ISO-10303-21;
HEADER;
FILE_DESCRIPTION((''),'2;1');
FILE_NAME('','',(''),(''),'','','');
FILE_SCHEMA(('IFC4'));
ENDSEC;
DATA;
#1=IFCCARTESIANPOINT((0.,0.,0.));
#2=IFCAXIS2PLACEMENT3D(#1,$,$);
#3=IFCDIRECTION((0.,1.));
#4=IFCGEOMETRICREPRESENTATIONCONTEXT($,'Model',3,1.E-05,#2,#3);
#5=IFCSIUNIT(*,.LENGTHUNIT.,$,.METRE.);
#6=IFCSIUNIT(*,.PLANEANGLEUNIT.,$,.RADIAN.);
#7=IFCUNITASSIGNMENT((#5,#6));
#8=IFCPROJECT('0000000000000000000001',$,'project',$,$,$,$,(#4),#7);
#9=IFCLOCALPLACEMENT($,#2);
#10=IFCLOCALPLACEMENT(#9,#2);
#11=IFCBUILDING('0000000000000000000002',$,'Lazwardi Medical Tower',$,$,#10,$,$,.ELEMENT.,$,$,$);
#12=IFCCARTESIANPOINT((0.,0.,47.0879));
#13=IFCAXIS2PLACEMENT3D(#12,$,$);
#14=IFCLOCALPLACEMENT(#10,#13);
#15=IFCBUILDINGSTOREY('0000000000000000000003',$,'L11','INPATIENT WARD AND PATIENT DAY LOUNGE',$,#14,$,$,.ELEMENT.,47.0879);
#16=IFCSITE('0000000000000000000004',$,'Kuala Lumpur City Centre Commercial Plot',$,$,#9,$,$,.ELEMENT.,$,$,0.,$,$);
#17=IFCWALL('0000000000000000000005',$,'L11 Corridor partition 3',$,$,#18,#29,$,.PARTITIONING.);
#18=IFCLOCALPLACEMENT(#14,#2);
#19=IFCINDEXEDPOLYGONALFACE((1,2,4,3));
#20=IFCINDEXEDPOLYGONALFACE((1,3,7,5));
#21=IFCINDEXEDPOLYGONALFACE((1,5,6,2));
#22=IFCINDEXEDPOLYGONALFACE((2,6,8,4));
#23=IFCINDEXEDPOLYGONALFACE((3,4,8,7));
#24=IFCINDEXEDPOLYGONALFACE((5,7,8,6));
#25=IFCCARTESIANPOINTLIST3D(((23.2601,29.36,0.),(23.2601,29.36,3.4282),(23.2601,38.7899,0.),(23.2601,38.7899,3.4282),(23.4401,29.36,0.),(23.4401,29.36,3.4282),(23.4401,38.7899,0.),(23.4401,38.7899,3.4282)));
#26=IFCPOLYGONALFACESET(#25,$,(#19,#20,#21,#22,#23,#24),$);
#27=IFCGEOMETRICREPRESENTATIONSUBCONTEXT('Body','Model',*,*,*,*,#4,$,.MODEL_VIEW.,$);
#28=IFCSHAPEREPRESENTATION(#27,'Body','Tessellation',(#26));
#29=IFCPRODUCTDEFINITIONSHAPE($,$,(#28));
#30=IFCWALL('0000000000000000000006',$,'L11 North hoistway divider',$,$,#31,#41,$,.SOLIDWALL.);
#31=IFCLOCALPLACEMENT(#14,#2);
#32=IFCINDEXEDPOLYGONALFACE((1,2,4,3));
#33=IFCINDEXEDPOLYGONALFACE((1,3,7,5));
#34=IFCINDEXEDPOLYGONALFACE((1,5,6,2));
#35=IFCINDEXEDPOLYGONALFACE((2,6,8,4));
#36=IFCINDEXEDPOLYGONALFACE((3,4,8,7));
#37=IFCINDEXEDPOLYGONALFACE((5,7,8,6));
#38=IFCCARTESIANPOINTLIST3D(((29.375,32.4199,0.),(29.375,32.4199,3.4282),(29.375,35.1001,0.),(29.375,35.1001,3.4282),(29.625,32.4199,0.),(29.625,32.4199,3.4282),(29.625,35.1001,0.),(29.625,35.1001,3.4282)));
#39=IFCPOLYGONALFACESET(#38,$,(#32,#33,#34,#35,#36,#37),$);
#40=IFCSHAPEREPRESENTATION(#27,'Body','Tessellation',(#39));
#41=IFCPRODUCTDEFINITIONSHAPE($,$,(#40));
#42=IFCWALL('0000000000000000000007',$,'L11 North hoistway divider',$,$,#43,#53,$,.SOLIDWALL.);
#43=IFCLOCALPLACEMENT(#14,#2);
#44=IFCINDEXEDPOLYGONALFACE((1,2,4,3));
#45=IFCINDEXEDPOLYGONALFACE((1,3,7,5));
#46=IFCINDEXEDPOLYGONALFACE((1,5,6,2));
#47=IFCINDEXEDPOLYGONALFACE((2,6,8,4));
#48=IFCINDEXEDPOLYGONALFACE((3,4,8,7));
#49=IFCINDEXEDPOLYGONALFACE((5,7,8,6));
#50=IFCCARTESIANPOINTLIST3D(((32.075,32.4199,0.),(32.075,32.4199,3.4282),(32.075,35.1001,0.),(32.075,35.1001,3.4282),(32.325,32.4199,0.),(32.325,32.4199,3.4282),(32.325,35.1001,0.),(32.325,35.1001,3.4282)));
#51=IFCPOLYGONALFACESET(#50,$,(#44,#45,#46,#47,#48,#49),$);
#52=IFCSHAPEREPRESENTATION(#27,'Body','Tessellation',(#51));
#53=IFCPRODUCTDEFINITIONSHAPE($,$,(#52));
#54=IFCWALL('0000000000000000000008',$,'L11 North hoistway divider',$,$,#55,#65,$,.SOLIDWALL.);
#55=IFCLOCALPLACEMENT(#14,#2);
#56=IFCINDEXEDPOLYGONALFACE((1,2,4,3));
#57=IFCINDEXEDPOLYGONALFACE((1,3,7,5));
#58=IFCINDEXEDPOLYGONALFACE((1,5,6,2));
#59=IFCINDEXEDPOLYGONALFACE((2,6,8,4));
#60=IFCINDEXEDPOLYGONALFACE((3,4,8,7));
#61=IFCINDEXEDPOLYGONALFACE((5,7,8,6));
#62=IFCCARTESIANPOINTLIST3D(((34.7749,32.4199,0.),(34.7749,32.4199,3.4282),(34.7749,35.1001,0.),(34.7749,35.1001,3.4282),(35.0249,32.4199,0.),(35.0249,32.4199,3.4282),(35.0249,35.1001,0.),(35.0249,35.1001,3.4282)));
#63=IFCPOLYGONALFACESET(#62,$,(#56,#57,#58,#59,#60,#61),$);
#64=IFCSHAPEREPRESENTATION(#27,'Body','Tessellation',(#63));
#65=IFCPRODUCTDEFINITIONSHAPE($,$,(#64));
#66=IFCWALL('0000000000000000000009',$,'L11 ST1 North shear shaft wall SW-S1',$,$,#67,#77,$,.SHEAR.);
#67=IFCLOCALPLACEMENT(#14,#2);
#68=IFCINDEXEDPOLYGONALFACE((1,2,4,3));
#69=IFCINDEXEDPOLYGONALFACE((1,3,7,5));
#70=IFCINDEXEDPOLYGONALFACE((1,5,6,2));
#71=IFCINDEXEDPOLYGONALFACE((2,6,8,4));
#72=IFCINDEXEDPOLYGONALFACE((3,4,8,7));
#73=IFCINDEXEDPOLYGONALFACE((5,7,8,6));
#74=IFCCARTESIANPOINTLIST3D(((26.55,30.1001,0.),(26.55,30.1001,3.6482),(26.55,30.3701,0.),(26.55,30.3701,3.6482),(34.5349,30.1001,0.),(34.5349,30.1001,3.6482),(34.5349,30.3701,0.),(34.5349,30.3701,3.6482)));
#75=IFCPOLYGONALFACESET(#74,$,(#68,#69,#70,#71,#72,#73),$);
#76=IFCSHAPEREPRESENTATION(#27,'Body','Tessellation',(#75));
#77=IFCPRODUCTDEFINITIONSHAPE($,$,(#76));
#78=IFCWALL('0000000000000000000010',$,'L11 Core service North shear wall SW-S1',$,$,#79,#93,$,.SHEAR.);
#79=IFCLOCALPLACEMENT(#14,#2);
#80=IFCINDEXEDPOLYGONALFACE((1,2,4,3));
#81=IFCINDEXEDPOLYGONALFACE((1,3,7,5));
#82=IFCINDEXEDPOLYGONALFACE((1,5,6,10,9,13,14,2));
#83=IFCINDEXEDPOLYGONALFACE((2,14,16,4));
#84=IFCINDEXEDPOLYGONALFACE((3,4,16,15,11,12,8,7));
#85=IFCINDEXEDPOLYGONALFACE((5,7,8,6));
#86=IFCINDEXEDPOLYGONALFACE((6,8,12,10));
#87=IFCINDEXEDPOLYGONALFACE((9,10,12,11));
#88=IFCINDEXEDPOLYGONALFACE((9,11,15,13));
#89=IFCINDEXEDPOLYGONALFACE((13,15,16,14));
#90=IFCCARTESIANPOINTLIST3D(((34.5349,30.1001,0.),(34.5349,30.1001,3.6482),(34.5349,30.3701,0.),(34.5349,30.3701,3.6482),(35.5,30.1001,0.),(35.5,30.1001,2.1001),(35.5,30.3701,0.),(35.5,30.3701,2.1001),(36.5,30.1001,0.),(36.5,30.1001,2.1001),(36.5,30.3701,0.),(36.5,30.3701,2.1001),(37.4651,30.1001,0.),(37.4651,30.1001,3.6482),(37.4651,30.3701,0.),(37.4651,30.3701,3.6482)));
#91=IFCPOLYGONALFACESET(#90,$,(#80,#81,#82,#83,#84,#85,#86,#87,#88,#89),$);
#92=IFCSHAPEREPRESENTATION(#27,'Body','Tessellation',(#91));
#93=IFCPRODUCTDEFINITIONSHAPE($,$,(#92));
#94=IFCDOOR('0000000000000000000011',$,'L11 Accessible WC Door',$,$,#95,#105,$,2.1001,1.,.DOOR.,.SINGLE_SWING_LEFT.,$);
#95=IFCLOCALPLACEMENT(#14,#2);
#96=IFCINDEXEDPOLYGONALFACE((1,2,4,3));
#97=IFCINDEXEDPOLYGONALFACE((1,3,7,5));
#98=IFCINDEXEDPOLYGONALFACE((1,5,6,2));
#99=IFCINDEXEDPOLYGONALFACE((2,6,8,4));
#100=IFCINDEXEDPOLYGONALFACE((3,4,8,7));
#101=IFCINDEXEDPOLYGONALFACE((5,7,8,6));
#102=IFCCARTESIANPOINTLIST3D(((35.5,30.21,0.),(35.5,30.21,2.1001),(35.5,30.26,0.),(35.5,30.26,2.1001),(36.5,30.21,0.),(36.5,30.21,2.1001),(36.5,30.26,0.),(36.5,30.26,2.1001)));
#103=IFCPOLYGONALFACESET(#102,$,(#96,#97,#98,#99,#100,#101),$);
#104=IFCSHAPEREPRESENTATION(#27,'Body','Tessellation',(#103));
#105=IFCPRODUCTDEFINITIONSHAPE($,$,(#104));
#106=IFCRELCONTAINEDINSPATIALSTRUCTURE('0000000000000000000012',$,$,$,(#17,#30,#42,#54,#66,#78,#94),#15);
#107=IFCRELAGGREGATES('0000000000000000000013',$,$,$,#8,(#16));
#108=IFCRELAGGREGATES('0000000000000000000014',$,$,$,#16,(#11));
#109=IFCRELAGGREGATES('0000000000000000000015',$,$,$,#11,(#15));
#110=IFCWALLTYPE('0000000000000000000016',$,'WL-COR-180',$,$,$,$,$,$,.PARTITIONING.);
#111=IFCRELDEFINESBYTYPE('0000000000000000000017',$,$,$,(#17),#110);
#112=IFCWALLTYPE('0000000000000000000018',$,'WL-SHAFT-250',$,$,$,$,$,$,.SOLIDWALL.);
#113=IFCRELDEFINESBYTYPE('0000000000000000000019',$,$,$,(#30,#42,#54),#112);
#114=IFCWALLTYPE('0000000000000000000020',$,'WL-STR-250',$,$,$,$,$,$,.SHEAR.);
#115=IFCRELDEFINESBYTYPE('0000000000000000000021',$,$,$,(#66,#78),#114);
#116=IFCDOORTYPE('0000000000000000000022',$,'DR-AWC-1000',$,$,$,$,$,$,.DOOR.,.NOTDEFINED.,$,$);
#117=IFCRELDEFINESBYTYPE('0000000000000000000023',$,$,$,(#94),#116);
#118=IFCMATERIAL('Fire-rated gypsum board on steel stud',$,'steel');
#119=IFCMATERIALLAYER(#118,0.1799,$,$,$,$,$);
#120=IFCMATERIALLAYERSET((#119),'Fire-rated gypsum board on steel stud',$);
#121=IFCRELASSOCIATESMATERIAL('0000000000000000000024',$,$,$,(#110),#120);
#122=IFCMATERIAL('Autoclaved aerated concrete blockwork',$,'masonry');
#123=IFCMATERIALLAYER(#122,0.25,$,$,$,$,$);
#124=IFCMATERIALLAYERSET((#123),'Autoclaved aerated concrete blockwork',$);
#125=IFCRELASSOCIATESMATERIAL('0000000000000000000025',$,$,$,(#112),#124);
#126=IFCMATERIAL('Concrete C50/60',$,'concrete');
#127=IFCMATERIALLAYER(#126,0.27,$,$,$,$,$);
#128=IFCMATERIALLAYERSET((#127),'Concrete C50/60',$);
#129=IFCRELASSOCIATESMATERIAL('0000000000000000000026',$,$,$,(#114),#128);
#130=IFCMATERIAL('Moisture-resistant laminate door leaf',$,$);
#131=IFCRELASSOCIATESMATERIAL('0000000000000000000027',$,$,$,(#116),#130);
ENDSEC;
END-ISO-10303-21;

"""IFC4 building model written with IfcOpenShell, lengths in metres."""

from ifc_helpers import new_model, si_unit, direction, frame, frame_2d, origin, place, context, subcontext, project, spatial, rectangle, extrude, material, layer, layer_set, type_object, element, fill, save


model = new_model("IFC4")

# Units and contexts
model_context = context("Model", 3, precision=1e-05, world=origin(), true_north=direction((0.0, 1.0)))
body_context = subcontext(model_context, "Body", "Model", "MODEL_VIEW")
ifc_project = project(units=[si_unit("LENGTHUNIT", "METRE"), si_unit("PLANEANGLEUNIT", "RADIAN")], contexts=[model_context])

# Site, building, storey
site_placement = place(None, origin())
site = spatial("IfcSite", under=ifc_project, at=site_placement, Name="Kuala Lumpur City Centre Commercial Plot", CompositionType="ELEMENT", RefElevation=0.0)
building_placement = place(site_placement, origin())
building = spatial("IfcBuilding", under=site, at=building_placement, Name="Lazwardi Medical Tower", CompositionType="ELEMENT")
storey_placement = place(building_placement, frame((0.0, 0.0, 47.0879)))
storey = spatial("IfcBuildingStorey", under=building, at=storey_placement, Name="L11", Description="INPATIENT WARD AND PATIENT DAY LOUNGE", CompositionType="ELEMENT", Elevation=47.0879)

# Walls
ifc_material_1 = material(Name="Fire-rated gypsum board on steel stud", Category="steel")
ifc_layer_1 = layer(ifc_material_1, 0.1799)
ifc_layer_set_1 = layer_set([ifc_layer_1], Name="Fire-rated gypsum board on steel stud")
wall_type_1 = type_object("IfcWallType", Name="WL-COR-180", PredefinedType="PARTITIONING", material=ifc_layer_set_1)
wall_1_placement = place(storey_placement, frame((23.3501, 29.3601, 0.0), z_axis=(0.0, 0.0, 1.0), x_axis=(0.0, 1.0, 0.0)))
element("IfcWall", 1, at=wall_1_placement, inside=storey, type_object=wall_type_1, Name="L11 Corridor partition 3", PredefinedType="PARTITIONING", context=body_context, shape_type="SweptSolid", body=[
    extrude(rectangle(XDim=9.4299, YDim=0.1799, at=frame_2d((4.7148, 0.0))), origin(), (0.0, 0.0, 1.0), 3.4282),
])
ifc_material_2 = material(Name="Autoclaved aerated concrete blockwork", Category="masonry")
ifc_layer_2 = layer(ifc_material_2, 0.25)
ifc_layer_set_2 = layer_set([ifc_layer_2], Name="Autoclaved aerated concrete blockwork")
wall_type_2 = type_object("IfcWallType", Name="WL-SHAFT-250", PredefinedType="SOLIDWALL", material=ifc_layer_set_2)
for number, where, z_axis, x_axis, name in (
    (2, (29.5, 32.4199, 0.0), (0.0, 0.0, 1.0), (0.0, 1.0, 0.0), "L11 North hoistway divider"),
    (3, (32.2, 32.4199, 0.0), (0.0, 0.0, 1.0), (0.0, 1.0, 0.0), "L11 North hoistway divider"),
    (4, (34.8999, 32.4199, 0.0), (0.0, 0.0, 1.0), (0.0, 1.0, 0.0), "L11 North hoistway divider"),
):
    element("IfcWall", number, at=place(storey_placement, frame(where, z_axis=z_axis, x_axis=x_axis)), inside=storey, type_object=wall_type_2, Name=name, PredefinedType="SOLIDWALL", context=body_context, shape_type="SweptSolid", body=[
        extrude(rectangle(XDim=2.6802, YDim=0.25, at=frame_2d((1.3401, 0.0))), origin(), (0.0, 0.0, 1.0), 3.4282),
    ])
ifc_material_3 = material(Name="Concrete C50/60", Category="concrete")
ifc_layer_3 = layer(ifc_material_3, 0.27)
ifc_layer_set_3 = layer_set([ifc_layer_3], Name="Concrete C50/60")
wall_type_3 = type_object("IfcWallType", Name="WL-STR-250", PredefinedType="SHEAR", material=ifc_layer_set_3)
wall_2_placement = place(storey_placement, frame((26.55, 30.2351, 0.0), z_axis=(0.0, 0.0, 1.0), x_axis=(1.0, 0.0, 0.0)))
element("IfcWall", 5, at=wall_2_placement, inside=storey, type_object=wall_type_3, Name="L11 ST1 North shear shaft wall SW-S1", PredefinedType="SHEAR", context=body_context, shape_type="SweptSolid", body=[
    extrude(rectangle(XDim=7.9849, YDim=0.27, at=frame_2d((3.9924, 0.0))), origin(), (0.0, 0.0, 1.0), 3.6482),
])

# Wall, opening, door
wall_3_placement = place(storey_placement, frame((34.5349, 30.2351, 0.0), z_axis=(0.0, 0.0, 1.0), x_axis=(1.0, 0.0, 0.0)))
wall_3 = element("IfcWall", 6, at=wall_3_placement, inside=storey, type_object=wall_type_3, Name="L11 Core service North shear wall SW-S1", PredefinedType="SHEAR", context=body_context, shape_type="SweptSolid", body=[
    extrude(rectangle(XDim=2.9302, YDim=0.27, at=frame_2d((1.4651, 0.0))), origin(), (0.0, 0.0, 1.0), 3.6482),
])
opening_1_placement = place(wall_3_placement, frame((0.9651, 0.0, 0.0)))
opening_1 = element("IfcOpeningElement", 7, at=opening_1_placement, cuts=wall_3, PredefinedType="OPENING", context=body_context, shape_type="SweptSolid", body=[
    extrude(rectangle(XDim=1.0, YDim=2.1001, at=frame_2d((0.5, 1.05))), frame((0.0, 0.145, 0.0), z_axis=(0.0, -1.0, 0.0), x_axis=(1.0, 0.0, 0.0)), (0.0, 0.0, 1.0), 0.29),
])
ifc_material_4 = material(Name="Moisture-resistant laminate door leaf")
door_type_1 = type_object("IfcDoorType", Name="DR-AWC-1000", OperationType="NOTDEFINED", PredefinedType="DOOR", material=ifc_material_4)
door_1_placement = place(opening_1_placement, origin())
door_1 = element("IfcDoor", 8, at=door_1_placement, inside=storey, type_object=door_type_1, Name="L11 Accessible WC Door", OperationType="SINGLE_SWING_LEFT", OverallHeight=2.1001, OverallWidth=1.0, PredefinedType="DOOR", context=body_context, shape_type="SweptSolid", body=[
    extrude(rectangle(XDim=1.0, YDim=2.1001, at=frame_2d((0.5, 1.05))), frame((0.0, 0.0249, 0.0), z_axis=(0.0, -1.0, 0.0), x_axis=(1.0, 0.0, 0.0)), (0.0, 0.0, 1.0), 0.05),
])
fill(opening_1, door_1)

save(model, "model.ifc")
